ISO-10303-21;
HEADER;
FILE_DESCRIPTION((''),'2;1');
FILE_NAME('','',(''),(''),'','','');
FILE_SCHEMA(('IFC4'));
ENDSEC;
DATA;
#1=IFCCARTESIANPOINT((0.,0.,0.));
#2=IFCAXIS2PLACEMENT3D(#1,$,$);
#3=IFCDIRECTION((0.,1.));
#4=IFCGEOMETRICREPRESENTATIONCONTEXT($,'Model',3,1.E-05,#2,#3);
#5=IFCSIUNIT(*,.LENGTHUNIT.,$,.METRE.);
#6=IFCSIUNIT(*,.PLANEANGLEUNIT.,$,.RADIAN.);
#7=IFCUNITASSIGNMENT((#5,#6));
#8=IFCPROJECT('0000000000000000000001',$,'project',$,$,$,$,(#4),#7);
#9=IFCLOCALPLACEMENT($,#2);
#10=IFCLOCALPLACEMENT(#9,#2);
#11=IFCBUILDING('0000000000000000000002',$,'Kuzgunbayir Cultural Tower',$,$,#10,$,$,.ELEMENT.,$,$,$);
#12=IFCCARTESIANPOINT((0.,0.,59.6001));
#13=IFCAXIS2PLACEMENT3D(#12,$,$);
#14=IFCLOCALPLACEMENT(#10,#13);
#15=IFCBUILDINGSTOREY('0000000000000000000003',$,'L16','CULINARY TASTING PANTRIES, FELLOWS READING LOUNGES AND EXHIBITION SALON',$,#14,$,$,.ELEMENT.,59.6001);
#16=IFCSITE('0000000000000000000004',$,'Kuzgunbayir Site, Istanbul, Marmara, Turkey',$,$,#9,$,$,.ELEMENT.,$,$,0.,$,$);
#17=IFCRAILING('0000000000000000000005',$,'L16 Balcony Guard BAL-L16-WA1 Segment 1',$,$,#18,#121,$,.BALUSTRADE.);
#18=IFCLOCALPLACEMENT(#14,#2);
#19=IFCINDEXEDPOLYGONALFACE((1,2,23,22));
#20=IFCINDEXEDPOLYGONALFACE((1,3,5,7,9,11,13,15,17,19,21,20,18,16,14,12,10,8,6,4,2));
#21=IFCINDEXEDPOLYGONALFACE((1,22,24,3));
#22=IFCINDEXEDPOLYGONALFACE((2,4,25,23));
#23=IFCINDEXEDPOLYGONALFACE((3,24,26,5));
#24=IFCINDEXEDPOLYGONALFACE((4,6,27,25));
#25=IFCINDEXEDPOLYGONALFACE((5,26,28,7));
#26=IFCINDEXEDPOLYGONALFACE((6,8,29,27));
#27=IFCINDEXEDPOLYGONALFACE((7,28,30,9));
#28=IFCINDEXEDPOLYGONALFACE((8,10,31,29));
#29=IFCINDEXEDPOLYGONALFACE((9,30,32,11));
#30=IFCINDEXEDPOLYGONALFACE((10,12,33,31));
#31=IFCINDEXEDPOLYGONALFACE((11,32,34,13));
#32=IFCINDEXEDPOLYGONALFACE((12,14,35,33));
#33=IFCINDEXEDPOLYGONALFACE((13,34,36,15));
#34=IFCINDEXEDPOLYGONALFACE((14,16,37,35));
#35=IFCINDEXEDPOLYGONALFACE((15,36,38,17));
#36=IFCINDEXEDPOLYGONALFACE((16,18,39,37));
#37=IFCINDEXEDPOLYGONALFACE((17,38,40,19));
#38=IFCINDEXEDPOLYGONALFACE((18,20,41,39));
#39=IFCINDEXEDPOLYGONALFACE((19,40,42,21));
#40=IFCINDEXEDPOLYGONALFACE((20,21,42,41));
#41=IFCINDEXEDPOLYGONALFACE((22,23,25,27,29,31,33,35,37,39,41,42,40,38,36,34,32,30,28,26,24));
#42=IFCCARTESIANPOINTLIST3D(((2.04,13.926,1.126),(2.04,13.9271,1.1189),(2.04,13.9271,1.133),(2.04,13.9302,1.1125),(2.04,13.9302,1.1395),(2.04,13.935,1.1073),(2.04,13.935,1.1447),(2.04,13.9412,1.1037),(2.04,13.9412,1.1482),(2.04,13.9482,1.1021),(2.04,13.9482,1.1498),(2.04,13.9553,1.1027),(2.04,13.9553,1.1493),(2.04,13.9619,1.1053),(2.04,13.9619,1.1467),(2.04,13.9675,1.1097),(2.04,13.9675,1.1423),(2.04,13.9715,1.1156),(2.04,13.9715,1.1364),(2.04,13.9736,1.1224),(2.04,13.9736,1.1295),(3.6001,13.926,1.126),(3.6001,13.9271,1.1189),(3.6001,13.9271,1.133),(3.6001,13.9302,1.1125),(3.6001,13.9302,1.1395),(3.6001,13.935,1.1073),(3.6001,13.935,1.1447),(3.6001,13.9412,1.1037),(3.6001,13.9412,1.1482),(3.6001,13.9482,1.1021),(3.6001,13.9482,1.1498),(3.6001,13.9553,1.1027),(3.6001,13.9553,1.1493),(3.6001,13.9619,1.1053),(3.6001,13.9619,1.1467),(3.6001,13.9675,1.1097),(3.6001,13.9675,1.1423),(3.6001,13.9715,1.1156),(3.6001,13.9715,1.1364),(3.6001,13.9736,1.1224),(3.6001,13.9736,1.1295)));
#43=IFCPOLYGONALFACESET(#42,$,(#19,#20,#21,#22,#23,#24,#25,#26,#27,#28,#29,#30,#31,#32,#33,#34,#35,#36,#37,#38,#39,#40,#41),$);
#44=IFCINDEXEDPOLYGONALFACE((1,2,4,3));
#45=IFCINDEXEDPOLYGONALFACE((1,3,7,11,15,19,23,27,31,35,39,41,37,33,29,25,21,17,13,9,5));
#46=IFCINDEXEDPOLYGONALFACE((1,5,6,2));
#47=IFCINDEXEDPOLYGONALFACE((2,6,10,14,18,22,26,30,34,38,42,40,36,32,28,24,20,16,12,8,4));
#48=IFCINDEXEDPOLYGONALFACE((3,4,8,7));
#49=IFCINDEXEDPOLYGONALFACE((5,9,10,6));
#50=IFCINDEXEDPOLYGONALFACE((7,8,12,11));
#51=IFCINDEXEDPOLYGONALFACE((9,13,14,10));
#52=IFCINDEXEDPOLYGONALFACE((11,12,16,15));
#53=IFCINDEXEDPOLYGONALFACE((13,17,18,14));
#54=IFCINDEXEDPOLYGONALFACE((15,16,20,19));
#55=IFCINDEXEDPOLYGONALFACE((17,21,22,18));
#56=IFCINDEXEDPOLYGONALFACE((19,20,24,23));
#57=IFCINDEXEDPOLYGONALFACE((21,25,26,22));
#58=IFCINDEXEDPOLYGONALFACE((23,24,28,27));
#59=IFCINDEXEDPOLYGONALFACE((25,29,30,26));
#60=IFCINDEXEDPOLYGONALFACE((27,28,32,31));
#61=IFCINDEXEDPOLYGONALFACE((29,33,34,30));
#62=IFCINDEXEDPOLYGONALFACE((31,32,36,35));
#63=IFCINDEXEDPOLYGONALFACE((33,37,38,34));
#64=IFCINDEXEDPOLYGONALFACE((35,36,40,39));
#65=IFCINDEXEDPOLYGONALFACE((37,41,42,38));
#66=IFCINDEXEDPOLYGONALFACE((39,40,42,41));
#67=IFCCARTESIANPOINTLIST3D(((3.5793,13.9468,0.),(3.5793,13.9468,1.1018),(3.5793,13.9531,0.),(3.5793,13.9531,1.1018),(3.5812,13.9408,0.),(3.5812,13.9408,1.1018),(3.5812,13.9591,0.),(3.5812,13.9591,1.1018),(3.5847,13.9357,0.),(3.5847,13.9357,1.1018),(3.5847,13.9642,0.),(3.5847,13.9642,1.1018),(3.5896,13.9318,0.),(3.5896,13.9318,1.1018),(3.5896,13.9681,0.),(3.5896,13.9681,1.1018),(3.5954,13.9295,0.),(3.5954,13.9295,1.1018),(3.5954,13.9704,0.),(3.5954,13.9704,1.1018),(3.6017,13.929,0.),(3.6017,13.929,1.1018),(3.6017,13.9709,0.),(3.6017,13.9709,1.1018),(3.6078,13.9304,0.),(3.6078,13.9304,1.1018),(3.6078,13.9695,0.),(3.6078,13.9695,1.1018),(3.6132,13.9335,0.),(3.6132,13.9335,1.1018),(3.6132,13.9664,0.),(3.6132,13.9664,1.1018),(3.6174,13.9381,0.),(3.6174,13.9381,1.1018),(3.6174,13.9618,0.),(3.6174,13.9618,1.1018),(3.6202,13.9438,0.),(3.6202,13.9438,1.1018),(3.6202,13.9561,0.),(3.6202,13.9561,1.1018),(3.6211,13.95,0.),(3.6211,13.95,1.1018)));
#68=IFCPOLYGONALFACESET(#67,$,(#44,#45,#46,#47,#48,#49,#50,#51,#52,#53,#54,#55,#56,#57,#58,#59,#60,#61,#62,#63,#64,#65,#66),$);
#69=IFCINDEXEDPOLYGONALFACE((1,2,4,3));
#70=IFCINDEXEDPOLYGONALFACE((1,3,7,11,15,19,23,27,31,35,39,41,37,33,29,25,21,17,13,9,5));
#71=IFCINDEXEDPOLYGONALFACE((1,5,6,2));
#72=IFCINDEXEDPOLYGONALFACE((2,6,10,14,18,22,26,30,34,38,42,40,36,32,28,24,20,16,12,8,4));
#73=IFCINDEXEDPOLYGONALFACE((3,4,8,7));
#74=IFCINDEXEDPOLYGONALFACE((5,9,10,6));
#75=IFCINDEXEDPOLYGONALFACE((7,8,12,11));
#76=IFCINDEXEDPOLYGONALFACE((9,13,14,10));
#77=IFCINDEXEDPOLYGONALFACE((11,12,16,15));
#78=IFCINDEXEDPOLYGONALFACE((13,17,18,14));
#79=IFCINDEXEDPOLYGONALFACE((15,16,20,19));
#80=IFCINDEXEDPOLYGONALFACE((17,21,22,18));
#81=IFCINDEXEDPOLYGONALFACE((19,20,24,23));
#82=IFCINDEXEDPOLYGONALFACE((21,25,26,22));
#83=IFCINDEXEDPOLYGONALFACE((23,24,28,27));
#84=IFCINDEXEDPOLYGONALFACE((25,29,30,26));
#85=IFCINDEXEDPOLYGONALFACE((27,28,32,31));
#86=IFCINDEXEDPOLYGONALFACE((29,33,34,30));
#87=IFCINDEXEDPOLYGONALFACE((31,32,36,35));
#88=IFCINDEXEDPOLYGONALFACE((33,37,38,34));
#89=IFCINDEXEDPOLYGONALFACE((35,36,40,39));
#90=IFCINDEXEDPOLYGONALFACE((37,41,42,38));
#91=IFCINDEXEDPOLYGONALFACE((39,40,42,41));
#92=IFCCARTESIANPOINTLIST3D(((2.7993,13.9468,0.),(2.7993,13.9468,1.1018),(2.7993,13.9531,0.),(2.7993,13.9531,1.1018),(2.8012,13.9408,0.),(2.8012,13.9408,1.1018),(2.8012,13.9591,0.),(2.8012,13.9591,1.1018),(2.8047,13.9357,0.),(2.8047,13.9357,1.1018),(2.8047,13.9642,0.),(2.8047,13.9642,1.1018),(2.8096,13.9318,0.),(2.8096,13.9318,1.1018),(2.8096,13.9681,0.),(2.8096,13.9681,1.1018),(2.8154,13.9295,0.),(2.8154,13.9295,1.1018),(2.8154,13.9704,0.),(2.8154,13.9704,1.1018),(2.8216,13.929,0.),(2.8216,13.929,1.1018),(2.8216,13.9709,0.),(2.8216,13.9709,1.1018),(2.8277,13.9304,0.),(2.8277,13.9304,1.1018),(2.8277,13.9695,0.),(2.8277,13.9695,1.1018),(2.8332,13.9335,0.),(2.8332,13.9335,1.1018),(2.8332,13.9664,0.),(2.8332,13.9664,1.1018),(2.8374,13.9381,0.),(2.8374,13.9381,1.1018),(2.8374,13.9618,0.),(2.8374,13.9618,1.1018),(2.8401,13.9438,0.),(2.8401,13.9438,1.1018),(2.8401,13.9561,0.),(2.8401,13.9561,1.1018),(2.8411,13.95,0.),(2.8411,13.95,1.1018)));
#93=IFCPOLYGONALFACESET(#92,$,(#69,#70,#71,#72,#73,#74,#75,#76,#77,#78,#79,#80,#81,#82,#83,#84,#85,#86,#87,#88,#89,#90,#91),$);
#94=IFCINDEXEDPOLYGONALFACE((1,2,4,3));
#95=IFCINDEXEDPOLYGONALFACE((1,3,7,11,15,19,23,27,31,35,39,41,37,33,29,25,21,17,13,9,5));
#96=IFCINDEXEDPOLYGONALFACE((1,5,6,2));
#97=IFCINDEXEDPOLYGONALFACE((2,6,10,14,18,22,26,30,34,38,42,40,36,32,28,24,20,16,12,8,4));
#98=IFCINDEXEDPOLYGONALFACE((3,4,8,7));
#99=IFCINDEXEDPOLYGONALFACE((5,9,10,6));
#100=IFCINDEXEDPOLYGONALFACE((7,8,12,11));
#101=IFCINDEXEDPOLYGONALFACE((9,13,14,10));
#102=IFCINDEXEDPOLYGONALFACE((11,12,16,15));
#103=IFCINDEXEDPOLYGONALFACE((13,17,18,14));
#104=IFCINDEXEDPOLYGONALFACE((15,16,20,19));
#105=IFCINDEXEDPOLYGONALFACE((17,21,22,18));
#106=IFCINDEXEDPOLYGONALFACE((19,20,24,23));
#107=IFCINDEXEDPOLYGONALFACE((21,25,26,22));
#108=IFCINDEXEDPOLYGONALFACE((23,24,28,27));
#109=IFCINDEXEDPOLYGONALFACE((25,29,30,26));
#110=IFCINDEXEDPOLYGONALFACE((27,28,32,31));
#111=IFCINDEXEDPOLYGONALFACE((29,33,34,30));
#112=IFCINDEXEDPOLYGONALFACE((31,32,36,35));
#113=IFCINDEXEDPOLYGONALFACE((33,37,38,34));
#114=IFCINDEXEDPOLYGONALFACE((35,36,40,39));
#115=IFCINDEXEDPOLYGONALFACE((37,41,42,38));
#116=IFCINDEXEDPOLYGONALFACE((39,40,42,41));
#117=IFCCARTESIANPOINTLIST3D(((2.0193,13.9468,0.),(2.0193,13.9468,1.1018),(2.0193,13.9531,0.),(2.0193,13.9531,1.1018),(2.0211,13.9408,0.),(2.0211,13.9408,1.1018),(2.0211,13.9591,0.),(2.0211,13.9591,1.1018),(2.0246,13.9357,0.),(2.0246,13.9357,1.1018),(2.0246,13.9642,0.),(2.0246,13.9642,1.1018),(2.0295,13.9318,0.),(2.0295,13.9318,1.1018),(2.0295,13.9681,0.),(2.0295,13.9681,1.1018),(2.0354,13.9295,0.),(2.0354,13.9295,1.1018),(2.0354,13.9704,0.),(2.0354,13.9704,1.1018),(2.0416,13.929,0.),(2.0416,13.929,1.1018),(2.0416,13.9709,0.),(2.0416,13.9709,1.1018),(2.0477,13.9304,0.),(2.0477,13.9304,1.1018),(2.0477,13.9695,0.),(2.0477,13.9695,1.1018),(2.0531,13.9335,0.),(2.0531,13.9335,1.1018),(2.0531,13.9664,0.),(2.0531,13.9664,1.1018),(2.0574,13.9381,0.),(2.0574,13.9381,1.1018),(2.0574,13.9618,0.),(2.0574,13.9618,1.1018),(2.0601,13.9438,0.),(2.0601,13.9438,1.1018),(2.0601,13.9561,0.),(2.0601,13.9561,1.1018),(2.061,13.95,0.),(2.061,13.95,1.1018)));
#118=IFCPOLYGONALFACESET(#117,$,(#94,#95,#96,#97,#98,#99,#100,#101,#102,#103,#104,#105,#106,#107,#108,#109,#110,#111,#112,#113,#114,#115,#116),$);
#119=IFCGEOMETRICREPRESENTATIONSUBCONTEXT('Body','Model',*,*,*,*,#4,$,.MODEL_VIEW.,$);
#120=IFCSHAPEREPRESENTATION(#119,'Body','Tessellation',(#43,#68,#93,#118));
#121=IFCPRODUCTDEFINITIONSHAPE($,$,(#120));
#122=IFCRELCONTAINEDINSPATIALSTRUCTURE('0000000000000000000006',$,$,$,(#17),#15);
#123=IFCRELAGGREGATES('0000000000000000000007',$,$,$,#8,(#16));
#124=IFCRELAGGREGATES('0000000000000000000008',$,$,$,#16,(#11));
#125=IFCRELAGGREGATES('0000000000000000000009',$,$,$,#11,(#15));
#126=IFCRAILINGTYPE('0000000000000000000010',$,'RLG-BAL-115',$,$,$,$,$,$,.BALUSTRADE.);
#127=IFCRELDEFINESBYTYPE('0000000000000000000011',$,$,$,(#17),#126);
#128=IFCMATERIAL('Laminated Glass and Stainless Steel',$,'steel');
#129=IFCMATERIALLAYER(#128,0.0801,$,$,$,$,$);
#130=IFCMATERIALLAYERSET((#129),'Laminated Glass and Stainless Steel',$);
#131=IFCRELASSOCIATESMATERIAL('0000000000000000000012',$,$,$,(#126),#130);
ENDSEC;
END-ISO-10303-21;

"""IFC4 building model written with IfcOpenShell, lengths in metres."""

from ifc_helpers import new_model, si_unit, direction, frame, origin, origin_2d, place, context, subcontext, project, spatial, circle, extrude, material, layer, layer_set, type_object, element, save


model = new_model("IFC4")

# Units and contexts
model_context = context("Model", 3, precision=1e-05, world=origin(), true_north=direction((0.0, 1.0)))
body_context = subcontext(model_context, "Body", "Model", "MODEL_VIEW")
ifc_project = project(units=[si_unit("LENGTHUNIT", "METRE"), si_unit("PLANEANGLEUNIT", "RADIAN")], contexts=[model_context])

# Site, building, storey
site_placement = place(None, origin())
site = spatial("IfcSite", under=ifc_project, at=site_placement, Name="Kuzgunbayir Site, Istanbul, Marmara, Turkey", CompositionType="ELEMENT", RefElevation=0.0)
building_placement = place(site_placement, origin())
building = spatial("IfcBuilding", under=site, at=building_placement, Name="Kuzgunbayir Cultural Tower", CompositionType="ELEMENT")
storey_placement = place(building_placement, frame((0.0, 0.0, 59.6001)))
storey = spatial("IfcBuildingStorey", under=building, at=storey_placement, Name="L16", Description="CULINARY TASTING PANTRIES, FELLOWS READING LOUNGES AND EXHIBITION SALON", CompositionType="ELEMENT", Elevation=59.6001)

# Railing
ifc_material_1 = material(Name="Laminated Glass and Stainless Steel", Category="steel")
ifc_layer_1 = layer(ifc_material_1, 0.0801)
ifc_layer_set_1 = layer_set([ifc_layer_1], Name="Laminated Glass and Stainless Steel")
railing_type = type_object("IfcRailingType", Name="RLG-BAL-115", PredefinedType="BALUSTRADE", material=ifc_layer_set_1)
railing_1_placement = place(storey_placement, frame((3.6001, 13.95, 0.0)))
element("IfcRailing", 1, at=railing_1_placement, inside=storey, type_object=railing_type, Name="L16 Balcony Guard BAL-L16-WA1 Segment 1", PredefinedType="BALUSTRADE", context=body_context, shape_type="SweptSolid", body=[
    extrude(circle(Radius=0.0239, at=origin_2d()), frame((0.0, 0.0, 1.126), z_axis=(-1.0, 0.0, 0.0), x_axis=(0.0, -1.0, 0.0)), (0.0, 0.0, 1.0), 1.5601),
    extrude(circle(Radius=0.021, at=origin_2d()), origin(), (0.0, 0.0, 1.0), 1.1018),
    extrude(circle(Radius=0.021, at=origin_2d()), frame((-0.78, 0.0, 0.0)), (0.0, 0.0, 1.0), 1.1018),
    extrude(circle(Radius=0.021, at=origin_2d()), frame((-1.5601, 0.0, 0.0)), (0.0, 0.0, 1.0), 1.1018),
])

save(model, "model.ifc")
